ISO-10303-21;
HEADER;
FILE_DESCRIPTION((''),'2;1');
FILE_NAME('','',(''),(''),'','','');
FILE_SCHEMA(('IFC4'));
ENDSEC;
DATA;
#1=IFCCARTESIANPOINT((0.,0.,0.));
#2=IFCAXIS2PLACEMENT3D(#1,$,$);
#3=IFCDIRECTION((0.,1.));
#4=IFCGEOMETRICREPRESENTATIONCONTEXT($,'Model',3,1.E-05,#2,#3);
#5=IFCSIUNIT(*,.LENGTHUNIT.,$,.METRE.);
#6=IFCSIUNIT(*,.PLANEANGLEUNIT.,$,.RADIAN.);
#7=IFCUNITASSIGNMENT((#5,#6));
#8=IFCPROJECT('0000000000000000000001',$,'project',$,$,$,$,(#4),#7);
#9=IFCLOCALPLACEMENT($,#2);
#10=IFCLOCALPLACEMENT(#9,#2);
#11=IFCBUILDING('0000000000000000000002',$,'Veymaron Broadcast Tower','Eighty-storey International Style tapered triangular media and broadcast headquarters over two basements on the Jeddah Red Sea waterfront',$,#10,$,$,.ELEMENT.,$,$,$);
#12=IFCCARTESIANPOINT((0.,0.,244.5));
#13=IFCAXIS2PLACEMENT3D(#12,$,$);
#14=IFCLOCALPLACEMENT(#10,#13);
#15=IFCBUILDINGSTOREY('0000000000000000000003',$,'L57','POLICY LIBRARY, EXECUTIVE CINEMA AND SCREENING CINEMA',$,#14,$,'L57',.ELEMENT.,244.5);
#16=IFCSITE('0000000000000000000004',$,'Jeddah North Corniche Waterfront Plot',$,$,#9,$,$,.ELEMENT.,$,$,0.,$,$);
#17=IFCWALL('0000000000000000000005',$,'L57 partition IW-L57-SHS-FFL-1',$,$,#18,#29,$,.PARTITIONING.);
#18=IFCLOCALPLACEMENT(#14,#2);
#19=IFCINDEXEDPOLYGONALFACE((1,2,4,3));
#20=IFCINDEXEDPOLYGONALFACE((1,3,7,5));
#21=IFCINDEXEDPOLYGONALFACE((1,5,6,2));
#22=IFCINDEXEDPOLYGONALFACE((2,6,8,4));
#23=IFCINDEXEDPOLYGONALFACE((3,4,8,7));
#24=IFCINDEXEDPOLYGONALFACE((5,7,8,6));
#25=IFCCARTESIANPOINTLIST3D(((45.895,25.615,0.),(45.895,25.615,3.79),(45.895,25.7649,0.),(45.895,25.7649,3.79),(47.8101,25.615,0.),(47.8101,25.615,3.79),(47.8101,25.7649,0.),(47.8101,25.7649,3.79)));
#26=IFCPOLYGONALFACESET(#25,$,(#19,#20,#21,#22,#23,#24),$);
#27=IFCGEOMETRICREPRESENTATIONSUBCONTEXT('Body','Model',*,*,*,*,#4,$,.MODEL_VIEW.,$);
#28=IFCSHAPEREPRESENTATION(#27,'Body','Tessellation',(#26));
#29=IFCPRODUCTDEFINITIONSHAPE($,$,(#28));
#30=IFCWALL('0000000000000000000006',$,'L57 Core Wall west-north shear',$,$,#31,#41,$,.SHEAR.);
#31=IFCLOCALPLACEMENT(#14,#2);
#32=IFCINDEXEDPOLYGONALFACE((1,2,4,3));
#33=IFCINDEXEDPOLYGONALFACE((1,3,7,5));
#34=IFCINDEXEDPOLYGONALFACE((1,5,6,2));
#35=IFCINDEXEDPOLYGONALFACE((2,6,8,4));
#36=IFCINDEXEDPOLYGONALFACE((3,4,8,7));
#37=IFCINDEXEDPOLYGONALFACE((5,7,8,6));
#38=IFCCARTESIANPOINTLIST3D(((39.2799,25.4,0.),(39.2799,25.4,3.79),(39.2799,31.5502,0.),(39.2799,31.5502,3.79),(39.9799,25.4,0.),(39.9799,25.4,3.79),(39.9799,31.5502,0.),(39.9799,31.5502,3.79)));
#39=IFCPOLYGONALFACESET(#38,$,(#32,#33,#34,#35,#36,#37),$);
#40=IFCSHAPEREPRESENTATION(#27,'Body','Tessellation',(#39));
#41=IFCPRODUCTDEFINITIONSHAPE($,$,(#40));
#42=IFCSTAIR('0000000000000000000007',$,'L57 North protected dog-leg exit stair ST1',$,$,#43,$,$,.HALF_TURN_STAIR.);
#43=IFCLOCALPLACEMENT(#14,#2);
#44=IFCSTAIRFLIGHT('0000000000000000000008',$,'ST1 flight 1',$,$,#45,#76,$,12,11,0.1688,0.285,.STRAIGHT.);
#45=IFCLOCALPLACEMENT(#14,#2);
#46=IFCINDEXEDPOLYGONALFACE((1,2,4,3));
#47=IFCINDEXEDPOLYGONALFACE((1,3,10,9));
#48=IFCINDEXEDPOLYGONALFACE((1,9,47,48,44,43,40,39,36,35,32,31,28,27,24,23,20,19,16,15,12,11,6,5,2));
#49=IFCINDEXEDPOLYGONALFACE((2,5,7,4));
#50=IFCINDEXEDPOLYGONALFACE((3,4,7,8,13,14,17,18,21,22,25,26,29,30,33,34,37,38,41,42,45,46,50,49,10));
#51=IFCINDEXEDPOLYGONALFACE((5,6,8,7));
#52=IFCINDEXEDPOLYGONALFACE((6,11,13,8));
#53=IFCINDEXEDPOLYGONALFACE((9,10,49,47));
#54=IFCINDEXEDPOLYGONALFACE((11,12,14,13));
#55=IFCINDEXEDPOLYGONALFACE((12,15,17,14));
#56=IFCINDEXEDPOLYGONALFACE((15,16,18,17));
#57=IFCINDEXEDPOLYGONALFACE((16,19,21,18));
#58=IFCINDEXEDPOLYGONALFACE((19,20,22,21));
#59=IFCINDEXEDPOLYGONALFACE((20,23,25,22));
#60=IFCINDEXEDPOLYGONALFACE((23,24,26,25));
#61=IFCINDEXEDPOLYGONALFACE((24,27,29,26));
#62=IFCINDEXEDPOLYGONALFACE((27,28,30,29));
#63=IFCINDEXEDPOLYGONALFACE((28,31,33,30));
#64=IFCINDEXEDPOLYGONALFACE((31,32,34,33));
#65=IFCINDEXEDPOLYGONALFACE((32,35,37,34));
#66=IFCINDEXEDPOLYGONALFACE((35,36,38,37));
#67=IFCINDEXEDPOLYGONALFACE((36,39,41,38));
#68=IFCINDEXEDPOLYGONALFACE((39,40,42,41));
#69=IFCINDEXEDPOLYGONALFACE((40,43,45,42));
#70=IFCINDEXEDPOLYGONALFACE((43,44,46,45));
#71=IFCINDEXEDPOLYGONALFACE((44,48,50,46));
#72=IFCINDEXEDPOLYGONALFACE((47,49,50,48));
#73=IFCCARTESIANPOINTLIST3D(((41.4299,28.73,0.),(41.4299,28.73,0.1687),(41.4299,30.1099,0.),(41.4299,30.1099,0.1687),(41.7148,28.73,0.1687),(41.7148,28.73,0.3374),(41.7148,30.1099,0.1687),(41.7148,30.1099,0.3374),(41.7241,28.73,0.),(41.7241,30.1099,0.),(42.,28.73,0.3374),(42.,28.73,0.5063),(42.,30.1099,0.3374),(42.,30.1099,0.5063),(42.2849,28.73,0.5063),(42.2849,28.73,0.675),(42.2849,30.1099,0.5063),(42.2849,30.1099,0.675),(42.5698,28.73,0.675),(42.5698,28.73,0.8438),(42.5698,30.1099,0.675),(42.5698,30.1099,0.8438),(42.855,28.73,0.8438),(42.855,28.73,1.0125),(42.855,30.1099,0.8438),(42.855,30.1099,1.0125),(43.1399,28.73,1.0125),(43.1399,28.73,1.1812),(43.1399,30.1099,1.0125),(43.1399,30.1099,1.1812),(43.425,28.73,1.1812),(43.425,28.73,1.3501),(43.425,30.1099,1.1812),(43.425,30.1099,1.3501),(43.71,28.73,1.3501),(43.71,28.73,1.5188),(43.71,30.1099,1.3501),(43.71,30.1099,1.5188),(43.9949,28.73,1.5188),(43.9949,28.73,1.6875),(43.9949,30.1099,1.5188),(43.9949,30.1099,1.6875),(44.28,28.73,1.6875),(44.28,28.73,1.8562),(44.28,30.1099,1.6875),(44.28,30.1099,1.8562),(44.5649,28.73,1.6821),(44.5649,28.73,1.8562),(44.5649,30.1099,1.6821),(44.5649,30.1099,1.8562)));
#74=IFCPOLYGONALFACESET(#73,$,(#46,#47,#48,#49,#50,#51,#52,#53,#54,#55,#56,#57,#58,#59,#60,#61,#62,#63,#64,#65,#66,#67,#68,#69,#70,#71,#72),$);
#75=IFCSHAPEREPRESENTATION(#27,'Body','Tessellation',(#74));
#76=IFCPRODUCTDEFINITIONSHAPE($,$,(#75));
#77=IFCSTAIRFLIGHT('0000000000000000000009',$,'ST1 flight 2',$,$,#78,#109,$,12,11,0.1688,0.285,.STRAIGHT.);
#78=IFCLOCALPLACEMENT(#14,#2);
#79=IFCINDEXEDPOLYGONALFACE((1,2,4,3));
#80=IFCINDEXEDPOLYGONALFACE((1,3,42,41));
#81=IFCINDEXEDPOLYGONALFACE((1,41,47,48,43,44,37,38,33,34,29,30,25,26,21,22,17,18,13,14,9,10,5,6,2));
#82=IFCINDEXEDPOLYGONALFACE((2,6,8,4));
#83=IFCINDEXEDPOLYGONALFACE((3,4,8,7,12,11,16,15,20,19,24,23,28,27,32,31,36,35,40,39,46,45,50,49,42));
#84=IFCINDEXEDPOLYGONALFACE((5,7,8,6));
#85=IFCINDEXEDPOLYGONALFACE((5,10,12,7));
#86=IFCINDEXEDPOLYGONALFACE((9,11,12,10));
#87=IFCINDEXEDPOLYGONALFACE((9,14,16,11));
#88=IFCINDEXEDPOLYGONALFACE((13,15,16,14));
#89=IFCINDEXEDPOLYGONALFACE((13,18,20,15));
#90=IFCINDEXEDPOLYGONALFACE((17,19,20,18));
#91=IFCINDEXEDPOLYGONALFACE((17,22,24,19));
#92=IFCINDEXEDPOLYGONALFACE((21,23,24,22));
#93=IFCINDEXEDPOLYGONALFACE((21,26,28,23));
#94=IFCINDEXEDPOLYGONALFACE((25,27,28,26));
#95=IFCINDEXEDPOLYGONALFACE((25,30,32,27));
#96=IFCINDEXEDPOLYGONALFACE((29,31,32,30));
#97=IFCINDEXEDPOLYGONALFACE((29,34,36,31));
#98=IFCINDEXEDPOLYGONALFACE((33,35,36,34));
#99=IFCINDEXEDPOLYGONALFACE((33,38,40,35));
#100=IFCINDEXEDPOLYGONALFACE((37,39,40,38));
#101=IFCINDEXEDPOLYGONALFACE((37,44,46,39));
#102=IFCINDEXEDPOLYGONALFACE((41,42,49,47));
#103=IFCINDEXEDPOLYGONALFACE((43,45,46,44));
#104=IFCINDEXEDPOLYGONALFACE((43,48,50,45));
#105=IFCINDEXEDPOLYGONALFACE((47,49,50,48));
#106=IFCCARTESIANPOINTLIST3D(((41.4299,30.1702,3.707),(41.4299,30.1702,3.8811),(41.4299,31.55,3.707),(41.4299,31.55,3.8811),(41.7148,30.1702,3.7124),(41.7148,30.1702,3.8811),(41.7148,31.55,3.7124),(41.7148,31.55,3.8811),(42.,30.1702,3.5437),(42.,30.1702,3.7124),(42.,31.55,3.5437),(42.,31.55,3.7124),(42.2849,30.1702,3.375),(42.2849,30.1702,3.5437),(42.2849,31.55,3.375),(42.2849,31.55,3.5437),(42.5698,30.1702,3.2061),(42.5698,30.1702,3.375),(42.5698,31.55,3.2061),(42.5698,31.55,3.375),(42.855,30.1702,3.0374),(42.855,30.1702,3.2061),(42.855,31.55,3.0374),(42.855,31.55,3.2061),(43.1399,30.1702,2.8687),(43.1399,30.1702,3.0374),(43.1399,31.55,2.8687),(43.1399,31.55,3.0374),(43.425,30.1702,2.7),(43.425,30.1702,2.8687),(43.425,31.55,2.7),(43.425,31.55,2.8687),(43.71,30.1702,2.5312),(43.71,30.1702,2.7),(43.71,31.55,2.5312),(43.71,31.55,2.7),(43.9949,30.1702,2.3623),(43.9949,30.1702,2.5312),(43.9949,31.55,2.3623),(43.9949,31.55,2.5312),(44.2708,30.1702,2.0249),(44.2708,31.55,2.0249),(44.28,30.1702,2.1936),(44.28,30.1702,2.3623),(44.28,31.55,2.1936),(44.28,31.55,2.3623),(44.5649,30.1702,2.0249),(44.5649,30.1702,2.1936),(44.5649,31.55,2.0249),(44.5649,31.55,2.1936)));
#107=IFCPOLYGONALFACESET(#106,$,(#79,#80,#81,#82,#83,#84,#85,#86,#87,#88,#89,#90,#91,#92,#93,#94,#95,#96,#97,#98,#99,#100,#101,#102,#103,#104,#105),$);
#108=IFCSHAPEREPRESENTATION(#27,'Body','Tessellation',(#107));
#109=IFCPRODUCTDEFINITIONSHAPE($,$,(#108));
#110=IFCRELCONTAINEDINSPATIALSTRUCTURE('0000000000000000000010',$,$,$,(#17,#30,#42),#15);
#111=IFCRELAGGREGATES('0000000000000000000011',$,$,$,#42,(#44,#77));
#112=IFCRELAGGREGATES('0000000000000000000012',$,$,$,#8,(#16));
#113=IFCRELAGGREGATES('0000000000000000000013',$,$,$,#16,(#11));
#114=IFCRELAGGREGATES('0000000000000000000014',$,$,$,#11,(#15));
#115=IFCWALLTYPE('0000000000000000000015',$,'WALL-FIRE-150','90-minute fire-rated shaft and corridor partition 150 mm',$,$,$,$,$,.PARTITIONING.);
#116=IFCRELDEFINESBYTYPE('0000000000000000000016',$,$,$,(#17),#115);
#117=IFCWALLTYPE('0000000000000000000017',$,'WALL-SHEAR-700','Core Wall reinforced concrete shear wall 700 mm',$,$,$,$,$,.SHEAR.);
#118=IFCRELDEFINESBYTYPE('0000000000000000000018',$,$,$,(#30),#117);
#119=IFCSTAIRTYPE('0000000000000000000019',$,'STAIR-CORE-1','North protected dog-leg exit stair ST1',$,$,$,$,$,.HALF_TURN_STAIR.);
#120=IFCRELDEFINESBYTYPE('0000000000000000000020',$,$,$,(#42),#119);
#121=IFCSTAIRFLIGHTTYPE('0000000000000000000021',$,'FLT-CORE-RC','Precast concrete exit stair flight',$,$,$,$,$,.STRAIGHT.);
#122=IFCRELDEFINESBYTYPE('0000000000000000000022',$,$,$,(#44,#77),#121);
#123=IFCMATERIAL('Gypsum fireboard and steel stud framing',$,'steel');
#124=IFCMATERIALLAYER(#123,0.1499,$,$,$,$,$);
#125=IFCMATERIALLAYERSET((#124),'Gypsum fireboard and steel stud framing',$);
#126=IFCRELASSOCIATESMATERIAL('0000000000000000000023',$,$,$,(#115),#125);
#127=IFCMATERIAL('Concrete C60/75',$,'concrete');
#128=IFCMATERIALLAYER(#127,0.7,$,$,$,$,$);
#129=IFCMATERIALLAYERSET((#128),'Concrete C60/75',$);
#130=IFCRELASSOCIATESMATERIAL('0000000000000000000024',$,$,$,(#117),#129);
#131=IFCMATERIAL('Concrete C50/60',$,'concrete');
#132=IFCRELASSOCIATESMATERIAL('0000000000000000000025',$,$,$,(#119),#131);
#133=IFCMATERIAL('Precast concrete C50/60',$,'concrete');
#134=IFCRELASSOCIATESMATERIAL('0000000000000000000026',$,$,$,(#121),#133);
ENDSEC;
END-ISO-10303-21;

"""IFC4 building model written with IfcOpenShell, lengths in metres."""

from ifc_helpers import new_model, si_unit, direction, frame, frame_2d, origin, place, context, subcontext, project, spatial, polyline, rectangle, outline, extrude, material, layer, layer_set, type_object, element, aggregate, save


model = new_model("IFC4")

# Units and contexts
model_context = context("Model", 3, precision=1e-05, world=origin(), true_north=direction((0.0, 1.0)))
body_context = subcontext(model_context, "Body", "Model", "MODEL_VIEW")
ifc_project = project(units=[si_unit("LENGTHUNIT", "METRE"), si_unit("PLANEANGLEUNIT", "RADIAN")], contexts=[model_context])

# Site, building, storey
site_placement = place(None, origin())
site = spatial("IfcSite", under=ifc_project, at=site_placement, Name="Jeddah North Corniche Waterfront Plot", CompositionType="ELEMENT", RefElevation=0.0)
building_placement = place(site_placement, origin())
building = spatial("IfcBuilding", under=site, at=building_placement, Name="Veymaron Broadcast Tower", Description="Eighty-storey International Style tapered triangular media and broadcast headquarters over two basements on the Jeddah Red Sea waterfront", CompositionType="ELEMENT")
storey_placement = place(building_placement, frame((0.0, 0.0, 244.5)))
storey = spatial("IfcBuildingStorey", under=building, at=storey_placement, Name="L57", Description="POLICY LIBRARY, EXECUTIVE CINEMA AND SCREENING CINEMA", LongName="L57", CompositionType="ELEMENT", Elevation=244.5)

# Shared definitions
ifc_material_1 = material(Name="Concrete C60/75", Category="concrete")

# Shared definitions
ifc_material_2 = material(Name="Gypsum fireboard and steel stud framing", Category="steel")
ifc_layer_1 = layer(ifc_material_2, 0.1499)
ifc_layer_set_1 = layer_set([ifc_layer_1], Name="Gypsum fireboard and steel stud framing")
wall_type_1 = type_object("IfcWallType", Name="WALL-FIRE-150", Description="90-minute fire-rated shaft and corridor partition 150 mm", PredefinedType="PARTITIONING", material=ifc_layer_set_1)

# Wall
wall_1_placement = place(storey_placement, frame((45.895, 25.6899, 0.0), z_axis=(0.0, 0.0, 1.0), x_axis=(1.0, 0.0, 0.0)))
element("IfcWall", 1, at=wall_1_placement, inside=storey, type_object=wall_type_1, Name="L57 partition IW-L57-SHS-FFL-1", PredefinedType="PARTITIONING", context=body_context, shape_type="SweptSolid", body=[
    extrude(rectangle(XDim=1.915, YDim=0.1499, at=frame_2d((0.9575, 0.0))), origin(), (0.0, 0.0, 1.0), 3.79),
])

# Shared definitions
ifc_material_3 = material(Name="Concrete C50/60", Category="concrete")

# Wall
ifc_layer_2 = layer(ifc_material_1, 0.7)
ifc_layer_set_2 = layer_set([ifc_layer_2], Name="Concrete C60/75")
wall_type_2 = type_object("IfcWallType", Name="WALL-SHEAR-700", Description="Core Wall reinforced concrete shear wall 700 mm", PredefinedType="SHEAR", material=ifc_layer_set_2)
wall_2_placement = place(storey_placement, frame((39.6299, 25.3999, 0.0), z_axis=(0.0, 0.0, 1.0), x_axis=(0.0, 1.0, 0.0)))
element("IfcWall", 2, at=wall_2_placement, inside=storey, type_object=wall_type_2, Name="L57 Core Wall west-north shear", PredefinedType="SHEAR", context=body_context, shape_type="SweptSolid", body=[
    extrude(rectangle(XDim=6.1501, YDim=0.7, at=frame_2d((3.0752, 0.0))), origin(), (0.0, 0.0, 1.0), 3.79),
])

# Stair, stair flights
stair_type = type_object("IfcStairType", Name="STAIR-CORE-1", Description="North protected dog-leg exit stair ST1", PredefinedType="HALF_TURN_STAIR", material=ifc_material_3)
stair_placement = place(storey_placement, origin())
stair = element("IfcStair", 3, at=stair_placement, inside=storey, type_object=stair_type, Name="L57 North protected dog-leg exit stair ST1", PredefinedType="HALF_TURN_STAIR")
ifc_material_4 = material(Name="Precast concrete C50/60", Category="concrete")
stair_flight_type = type_object("IfcStairFlightType", Name="FLT-CORE-RC", Description="Precast concrete exit stair flight", PredefinedType="STRAIGHT", material=ifc_material_4)
stair_flight_1_placement = place(storey_placement, frame((41.4299, 29.4199, 0.0), z_axis=(0.0, 0.0, 1.0), x_axis=(1.0, 0.0, 0.0)))
stair_flight_1 = element("IfcStairFlight", 4, at=stair_flight_1_placement, type_object=stair_flight_type, Name="ST1 flight 1", NumberOfRisers=12, NumberOfTreads=11, PredefinedType="STRAIGHT", RiserHeight=0.1688, TreadLength=0.285, context=body_context, shape_type="SweptSolid", body=[
    extrude(outline(polyline([(0.0, 0.0), (0.0, 0.1687), (0.2849, 0.1687), (0.2849, 0.3374), (0.5701, 0.3374), (0.5701, 0.5063), (0.855, 0.5063), (0.855, 0.675), (1.1399, 0.675), (1.1399, 0.8438), (1.425, 0.8438), (1.425, 1.0125), (1.71, 1.0125), (1.71, 1.1812), (1.9951, 1.1812), (1.9951, 1.3501), (2.28, 1.3501), (2.28, 1.5188), (2.5649, 1.5188), (2.5649, 1.6875), (2.8501, 1.6875), (2.8501, 1.8562), (3.135, 1.8562), (3.135, 2.0249), (3.135, 1.6821), (0.2942, 0.0), (0.0, 0.0)])), frame((0.0, 0.6899, 0.0), z_axis=(0.0, -1.0, 0.0), x_axis=(1.0, 0.0, 0.0)), (0.0, 0.0, 1.0), 1.3799),
])
stair_flight_2_placement = place(storey_placement, frame((44.5649, 30.8601, 2.0249), z_axis=(0.0, 0.0, 1.0), x_axis=(-1.0, 0.0, 0.0)))
stair_flight_2 = element("IfcStairFlight", 5, at=stair_flight_2_placement, type_object=stair_flight_type, Name="ST1 flight 2", NumberOfRisers=12, NumberOfTreads=11, PredefinedType="STRAIGHT", RiserHeight=0.1688, TreadLength=0.285, context=body_context, shape_type="SweptSolid", body=[
    extrude(outline(polyline([(0.0, 0.0), (0.0, 0.1687), (0.2849, 0.1687), (0.2849, 0.3374), (0.5701, 0.3374), (0.5701, 0.5063), (0.855, 0.5063), (0.855, 0.675), (1.1399, 0.675), (1.1399, 0.8438), (1.425, 0.8438), (1.425, 1.0125), (1.71, 1.0125), (1.71, 1.1812), (1.9951, 1.1812), (1.9951, 1.3501), (2.28, 1.3501), (2.28, 1.5188), (2.5649, 1.5188), (2.5649, 1.6875), (2.8501, 1.6875), (2.8501, 1.8562), (3.135, 1.8562), (3.135, 2.0249), (3.135, 1.6821), (0.2942, 0.0), (0.0, 0.0)])), frame((0.0, 0.6899, 0.0), z_axis=(0.0, -1.0, 0.0), x_axis=(1.0, 0.0, 0.0)), (0.0, 0.0, 1.0), 1.3799),
])
aggregate(stair, [stair_flight_1, stair_flight_2])

save(model, "model.ifc")
